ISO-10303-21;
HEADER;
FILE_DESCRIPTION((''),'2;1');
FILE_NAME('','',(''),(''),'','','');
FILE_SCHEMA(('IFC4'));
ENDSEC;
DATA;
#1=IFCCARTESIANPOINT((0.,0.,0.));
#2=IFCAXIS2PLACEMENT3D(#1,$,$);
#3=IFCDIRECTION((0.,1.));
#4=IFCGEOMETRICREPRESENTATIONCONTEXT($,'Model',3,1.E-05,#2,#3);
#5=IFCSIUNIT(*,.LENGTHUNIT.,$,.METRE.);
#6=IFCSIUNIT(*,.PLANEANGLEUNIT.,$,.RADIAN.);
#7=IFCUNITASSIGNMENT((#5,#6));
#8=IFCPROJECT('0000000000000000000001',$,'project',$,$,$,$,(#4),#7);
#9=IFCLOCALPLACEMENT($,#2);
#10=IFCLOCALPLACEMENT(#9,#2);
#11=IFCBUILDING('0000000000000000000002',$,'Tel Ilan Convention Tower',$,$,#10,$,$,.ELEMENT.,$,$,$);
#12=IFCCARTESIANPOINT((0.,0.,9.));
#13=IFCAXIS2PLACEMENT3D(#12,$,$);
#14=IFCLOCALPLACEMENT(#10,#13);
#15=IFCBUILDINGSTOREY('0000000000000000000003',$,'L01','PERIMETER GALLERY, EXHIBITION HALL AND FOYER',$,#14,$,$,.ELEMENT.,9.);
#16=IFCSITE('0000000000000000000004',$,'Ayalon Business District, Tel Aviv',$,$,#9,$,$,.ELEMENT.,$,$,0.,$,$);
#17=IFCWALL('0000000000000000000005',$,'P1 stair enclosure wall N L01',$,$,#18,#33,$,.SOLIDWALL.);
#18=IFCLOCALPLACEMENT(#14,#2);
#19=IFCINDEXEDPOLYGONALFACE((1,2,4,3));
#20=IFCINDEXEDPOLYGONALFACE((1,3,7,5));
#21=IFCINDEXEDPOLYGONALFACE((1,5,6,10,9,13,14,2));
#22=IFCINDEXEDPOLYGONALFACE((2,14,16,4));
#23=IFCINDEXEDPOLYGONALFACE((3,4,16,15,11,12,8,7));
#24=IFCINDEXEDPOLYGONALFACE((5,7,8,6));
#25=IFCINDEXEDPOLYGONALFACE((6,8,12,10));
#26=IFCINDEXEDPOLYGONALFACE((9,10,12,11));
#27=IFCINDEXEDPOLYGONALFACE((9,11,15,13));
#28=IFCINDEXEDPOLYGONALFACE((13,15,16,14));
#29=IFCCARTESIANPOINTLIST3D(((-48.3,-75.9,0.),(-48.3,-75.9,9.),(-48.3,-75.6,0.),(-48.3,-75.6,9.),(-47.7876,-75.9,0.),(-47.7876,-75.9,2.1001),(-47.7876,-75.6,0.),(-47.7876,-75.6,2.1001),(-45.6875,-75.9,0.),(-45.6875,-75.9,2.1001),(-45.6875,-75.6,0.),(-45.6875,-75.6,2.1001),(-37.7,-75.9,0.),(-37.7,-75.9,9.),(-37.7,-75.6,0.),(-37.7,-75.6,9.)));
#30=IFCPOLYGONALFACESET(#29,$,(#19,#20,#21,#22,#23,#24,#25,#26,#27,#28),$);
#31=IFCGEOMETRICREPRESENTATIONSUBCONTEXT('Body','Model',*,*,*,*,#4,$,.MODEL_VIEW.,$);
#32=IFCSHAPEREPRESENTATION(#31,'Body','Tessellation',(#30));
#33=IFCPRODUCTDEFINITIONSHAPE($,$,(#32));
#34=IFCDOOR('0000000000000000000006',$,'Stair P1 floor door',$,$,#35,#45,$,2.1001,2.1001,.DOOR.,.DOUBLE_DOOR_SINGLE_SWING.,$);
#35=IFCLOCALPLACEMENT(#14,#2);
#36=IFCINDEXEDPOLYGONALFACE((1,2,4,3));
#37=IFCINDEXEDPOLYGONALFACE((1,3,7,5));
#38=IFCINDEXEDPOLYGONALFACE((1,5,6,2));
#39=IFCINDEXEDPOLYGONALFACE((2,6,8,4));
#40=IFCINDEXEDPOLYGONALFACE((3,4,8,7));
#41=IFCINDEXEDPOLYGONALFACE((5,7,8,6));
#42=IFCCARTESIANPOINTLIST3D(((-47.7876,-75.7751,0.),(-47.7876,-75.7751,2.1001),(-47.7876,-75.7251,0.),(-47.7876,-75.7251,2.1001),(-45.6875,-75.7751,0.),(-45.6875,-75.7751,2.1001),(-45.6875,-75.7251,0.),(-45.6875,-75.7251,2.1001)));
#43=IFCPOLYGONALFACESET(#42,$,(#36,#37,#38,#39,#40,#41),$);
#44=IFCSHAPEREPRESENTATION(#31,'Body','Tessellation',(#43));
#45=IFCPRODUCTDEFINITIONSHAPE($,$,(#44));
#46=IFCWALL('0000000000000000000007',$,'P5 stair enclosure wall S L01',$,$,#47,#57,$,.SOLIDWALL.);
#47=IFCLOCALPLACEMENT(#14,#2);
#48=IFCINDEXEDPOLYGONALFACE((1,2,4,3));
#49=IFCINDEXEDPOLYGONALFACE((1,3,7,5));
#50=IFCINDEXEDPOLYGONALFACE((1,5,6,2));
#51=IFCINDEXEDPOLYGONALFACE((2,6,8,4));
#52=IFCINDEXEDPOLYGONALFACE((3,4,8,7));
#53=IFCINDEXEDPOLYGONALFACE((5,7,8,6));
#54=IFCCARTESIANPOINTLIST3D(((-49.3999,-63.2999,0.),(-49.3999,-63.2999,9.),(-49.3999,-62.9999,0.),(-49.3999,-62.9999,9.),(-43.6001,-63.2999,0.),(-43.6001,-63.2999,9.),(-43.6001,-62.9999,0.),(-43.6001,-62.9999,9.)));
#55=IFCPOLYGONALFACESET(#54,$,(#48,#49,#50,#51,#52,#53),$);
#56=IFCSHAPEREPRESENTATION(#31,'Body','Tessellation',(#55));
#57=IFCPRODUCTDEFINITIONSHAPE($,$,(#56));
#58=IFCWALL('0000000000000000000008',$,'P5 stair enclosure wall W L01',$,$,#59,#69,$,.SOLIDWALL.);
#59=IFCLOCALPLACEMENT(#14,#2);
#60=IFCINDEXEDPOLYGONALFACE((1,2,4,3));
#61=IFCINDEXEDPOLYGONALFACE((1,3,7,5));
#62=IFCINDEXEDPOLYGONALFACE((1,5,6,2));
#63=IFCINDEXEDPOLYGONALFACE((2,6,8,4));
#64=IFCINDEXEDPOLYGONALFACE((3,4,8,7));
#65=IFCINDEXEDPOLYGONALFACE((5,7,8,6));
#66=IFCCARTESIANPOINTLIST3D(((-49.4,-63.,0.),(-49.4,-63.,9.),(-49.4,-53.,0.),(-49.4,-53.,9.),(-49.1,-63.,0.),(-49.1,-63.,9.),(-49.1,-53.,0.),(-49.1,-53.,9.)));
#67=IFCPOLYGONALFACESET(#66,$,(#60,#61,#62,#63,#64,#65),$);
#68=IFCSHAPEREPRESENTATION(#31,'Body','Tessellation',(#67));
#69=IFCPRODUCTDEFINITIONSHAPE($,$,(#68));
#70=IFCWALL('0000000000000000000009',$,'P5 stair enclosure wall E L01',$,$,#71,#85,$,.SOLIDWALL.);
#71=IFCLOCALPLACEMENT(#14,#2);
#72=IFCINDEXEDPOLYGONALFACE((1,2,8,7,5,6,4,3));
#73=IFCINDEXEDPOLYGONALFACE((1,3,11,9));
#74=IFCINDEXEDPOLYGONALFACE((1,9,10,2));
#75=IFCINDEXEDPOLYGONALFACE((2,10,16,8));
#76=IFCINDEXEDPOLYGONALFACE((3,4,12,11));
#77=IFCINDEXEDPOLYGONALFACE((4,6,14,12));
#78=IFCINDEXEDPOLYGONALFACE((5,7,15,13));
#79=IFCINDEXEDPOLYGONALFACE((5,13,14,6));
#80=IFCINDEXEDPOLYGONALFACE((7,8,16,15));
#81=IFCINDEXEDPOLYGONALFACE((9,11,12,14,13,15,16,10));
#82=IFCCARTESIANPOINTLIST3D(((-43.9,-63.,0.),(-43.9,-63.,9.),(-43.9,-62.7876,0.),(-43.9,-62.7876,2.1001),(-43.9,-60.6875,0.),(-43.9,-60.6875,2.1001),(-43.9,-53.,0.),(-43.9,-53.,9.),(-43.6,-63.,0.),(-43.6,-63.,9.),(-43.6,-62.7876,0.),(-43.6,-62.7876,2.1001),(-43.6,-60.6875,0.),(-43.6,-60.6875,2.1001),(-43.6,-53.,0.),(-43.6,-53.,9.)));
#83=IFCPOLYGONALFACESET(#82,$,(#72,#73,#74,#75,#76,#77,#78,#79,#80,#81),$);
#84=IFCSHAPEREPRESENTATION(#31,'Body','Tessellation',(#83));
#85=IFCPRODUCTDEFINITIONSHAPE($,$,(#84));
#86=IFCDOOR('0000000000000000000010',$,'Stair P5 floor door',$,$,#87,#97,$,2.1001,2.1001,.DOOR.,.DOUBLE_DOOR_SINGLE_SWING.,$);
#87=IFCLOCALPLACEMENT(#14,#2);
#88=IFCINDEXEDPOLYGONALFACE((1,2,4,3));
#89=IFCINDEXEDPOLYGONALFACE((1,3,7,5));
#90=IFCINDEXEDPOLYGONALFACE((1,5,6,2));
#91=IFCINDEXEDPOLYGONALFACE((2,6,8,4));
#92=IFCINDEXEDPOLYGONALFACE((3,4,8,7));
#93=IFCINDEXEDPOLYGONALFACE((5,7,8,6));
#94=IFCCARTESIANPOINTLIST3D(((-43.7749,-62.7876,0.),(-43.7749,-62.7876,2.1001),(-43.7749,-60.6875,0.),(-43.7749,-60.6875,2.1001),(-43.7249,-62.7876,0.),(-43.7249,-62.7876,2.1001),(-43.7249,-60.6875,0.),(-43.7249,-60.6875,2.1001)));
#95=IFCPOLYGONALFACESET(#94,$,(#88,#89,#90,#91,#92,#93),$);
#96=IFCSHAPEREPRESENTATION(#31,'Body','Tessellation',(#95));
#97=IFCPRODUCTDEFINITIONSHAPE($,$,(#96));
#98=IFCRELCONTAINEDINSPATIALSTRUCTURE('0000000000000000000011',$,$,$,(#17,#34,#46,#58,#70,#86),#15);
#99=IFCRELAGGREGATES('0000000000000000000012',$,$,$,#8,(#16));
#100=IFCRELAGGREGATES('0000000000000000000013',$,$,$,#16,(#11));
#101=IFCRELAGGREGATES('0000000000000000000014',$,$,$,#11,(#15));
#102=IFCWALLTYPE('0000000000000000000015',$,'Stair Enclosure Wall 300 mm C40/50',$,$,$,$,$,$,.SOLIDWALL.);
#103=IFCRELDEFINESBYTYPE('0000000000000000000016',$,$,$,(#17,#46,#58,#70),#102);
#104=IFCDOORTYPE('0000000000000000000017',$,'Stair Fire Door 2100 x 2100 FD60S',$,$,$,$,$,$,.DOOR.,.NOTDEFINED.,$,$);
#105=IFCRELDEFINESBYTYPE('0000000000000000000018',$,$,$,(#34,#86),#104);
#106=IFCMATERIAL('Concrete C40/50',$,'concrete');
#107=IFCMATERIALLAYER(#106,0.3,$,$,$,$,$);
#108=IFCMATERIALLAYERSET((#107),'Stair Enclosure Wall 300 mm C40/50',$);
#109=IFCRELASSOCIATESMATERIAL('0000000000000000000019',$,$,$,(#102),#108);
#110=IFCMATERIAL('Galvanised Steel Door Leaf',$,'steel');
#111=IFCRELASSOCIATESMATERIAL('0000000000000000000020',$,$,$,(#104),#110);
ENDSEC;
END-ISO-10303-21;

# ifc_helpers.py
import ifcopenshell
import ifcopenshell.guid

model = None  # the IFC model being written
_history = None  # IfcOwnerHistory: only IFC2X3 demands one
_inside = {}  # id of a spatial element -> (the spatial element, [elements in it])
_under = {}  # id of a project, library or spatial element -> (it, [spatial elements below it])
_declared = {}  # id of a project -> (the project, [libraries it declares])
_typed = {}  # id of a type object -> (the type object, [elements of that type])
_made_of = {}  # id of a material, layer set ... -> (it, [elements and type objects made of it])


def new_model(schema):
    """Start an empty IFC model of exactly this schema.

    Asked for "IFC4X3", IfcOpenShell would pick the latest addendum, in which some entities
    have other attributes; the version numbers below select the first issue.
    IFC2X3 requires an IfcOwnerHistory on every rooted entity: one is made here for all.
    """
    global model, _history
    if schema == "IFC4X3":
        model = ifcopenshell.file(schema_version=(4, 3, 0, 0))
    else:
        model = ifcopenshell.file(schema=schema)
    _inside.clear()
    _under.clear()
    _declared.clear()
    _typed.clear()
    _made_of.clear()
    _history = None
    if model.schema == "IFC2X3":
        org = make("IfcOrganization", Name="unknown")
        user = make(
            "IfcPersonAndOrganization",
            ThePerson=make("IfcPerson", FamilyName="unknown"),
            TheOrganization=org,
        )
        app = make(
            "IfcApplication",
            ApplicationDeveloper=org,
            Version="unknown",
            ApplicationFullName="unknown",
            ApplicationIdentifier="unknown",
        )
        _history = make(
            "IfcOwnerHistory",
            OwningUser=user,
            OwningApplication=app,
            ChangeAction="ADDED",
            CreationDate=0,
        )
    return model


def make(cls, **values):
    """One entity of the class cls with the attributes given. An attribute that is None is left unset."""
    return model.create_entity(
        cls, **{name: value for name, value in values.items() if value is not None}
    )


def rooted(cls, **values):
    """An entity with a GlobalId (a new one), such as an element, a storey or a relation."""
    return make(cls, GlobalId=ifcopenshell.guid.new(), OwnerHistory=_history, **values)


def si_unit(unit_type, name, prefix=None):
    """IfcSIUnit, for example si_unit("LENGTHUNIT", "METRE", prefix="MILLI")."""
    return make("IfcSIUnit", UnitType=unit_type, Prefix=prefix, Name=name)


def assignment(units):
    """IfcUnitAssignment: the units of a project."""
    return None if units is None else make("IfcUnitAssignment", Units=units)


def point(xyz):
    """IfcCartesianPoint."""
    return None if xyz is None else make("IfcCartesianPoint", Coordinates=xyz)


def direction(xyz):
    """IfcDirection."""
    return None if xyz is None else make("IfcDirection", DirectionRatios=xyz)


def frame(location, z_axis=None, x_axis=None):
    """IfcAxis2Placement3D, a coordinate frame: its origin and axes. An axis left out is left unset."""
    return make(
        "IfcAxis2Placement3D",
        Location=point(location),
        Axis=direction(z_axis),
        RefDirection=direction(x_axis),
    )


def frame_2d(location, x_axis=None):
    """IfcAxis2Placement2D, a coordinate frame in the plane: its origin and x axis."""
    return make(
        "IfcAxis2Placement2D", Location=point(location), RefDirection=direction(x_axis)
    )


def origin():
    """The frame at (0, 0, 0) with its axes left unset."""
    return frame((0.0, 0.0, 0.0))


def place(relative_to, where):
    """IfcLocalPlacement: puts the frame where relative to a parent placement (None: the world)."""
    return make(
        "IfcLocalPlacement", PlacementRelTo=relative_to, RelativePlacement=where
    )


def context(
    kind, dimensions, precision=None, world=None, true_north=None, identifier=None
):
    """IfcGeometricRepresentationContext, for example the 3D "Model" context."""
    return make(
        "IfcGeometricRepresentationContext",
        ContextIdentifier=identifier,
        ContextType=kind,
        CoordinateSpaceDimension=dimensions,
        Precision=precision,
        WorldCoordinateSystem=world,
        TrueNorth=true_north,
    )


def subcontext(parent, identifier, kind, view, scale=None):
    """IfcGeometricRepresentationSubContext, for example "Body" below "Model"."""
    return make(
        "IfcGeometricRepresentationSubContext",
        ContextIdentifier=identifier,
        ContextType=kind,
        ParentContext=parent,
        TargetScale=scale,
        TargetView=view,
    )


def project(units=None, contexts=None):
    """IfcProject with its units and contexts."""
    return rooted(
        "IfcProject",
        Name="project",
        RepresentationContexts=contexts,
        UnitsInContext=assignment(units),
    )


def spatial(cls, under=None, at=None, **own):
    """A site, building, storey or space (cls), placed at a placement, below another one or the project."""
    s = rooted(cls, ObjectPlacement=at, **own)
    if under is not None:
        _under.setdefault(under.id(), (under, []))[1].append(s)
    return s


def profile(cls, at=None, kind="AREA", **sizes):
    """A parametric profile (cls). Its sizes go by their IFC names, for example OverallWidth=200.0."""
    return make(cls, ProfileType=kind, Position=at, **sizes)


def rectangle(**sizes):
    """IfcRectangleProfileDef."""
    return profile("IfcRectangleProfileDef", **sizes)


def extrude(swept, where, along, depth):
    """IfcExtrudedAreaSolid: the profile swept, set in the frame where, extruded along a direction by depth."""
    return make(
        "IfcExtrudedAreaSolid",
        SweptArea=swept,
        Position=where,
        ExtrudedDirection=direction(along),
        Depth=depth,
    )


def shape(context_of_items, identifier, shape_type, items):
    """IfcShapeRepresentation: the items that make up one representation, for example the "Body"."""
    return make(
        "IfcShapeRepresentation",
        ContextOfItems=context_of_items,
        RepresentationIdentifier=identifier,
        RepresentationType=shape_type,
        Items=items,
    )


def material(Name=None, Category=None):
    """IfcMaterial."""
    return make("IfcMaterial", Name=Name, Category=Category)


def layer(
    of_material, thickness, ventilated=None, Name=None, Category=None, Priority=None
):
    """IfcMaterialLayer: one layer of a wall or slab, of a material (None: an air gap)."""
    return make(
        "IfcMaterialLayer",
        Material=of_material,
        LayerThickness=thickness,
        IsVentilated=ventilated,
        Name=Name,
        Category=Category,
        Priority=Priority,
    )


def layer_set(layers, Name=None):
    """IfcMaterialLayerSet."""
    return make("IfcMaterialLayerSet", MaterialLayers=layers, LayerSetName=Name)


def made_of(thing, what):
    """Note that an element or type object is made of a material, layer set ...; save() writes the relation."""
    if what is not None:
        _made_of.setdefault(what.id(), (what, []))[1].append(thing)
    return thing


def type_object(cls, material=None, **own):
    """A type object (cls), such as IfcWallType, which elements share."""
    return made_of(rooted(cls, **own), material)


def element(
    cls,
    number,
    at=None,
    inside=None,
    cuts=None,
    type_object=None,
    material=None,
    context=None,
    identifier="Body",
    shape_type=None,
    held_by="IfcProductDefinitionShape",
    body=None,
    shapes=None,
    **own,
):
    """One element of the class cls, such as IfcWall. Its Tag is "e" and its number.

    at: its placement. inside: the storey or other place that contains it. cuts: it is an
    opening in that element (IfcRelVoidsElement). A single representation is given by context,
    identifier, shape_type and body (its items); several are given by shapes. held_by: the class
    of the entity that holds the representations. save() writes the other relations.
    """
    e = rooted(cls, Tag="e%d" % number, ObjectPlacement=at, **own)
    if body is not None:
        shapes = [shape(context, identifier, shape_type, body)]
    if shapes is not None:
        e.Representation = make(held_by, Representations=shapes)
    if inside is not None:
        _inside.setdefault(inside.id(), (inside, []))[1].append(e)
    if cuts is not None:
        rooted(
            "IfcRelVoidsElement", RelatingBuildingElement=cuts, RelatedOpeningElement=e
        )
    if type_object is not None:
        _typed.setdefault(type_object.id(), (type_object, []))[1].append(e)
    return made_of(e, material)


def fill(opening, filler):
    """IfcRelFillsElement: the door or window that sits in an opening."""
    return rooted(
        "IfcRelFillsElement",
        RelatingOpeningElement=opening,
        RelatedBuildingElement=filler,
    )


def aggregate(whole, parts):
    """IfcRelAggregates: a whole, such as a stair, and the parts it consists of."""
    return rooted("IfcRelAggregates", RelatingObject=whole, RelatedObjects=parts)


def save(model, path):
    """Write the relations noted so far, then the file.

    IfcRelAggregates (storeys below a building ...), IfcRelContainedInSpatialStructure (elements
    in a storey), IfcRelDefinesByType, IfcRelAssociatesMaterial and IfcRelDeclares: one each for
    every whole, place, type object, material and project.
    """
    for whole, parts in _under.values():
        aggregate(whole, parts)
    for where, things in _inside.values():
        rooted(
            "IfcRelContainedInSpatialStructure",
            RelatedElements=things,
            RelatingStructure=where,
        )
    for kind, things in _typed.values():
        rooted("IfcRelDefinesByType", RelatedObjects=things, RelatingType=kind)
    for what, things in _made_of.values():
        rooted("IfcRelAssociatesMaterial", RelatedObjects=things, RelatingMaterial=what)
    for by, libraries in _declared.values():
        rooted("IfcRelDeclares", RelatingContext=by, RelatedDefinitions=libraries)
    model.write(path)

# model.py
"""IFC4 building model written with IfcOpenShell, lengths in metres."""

from ifc_helpers import new_model, si_unit, direction, frame, frame_2d, origin, place, context, subcontext, project, spatial, rectangle, extrude, material, layer, layer_set, type_object, element, fill, save


model = new_model("IFC4")

# Units and contexts
model_context = context("Model", 3, precision=1e-05, world=origin(), true_north=direction((0.0, 1.0)))
body_context = subcontext(model_context, "Body", "Model", "MODEL_VIEW")
ifc_project = project(units=[si_unit("LENGTHUNIT", "METRE"), si_unit("PLANEANGLEUNIT", "RADIAN")], contexts=[model_context])

# Site, building, storey
site_placement = place(None, origin())
site = spatial("IfcSite", under=ifc_project, at=site_placement, Name="Ayalon Business District, Tel Aviv", CompositionType="ELEMENT", RefElevation=0.0)
building_placement = place(site_placement, origin())
building = spatial("IfcBuilding", under=site, at=building_placement, Name="Tel Ilan Convention Tower", CompositionType="ELEMENT")
storey_placement = place(building_placement, frame((0.0, 0.0, 9.0)))
storey = spatial("IfcBuildingStorey", under=building, at=storey_placement, Name="L01", Description="PERIMETER GALLERY, EXHIBITION HALL AND FOYER", CompositionType="ELEMENT", Elevation=9.0)

# Wall, opening, door
ifc_material_1 = material(Name="Concrete C40/50", Category="concrete")
ifc_layer = layer(ifc_material_1, 0.3)
ifc_layer_set = layer_set([ifc_layer], Name="Stair Enclosure Wall 300 mm C40/50")
wall_type = type_object("IfcWallType", Name="Stair Enclosure Wall 300 mm C40/50", PredefinedType="SOLIDWALL", material=ifc_layer_set)
wall_1_placement = place(storey_placement, frame((-48.3, -75.75, 0.0), z_axis=(0.0, 0.0, 1.0), x_axis=(1.0, 0.0, 0.0)))
wall_1 = element("IfcWall", 1, at=wall_1_placement, inside=storey, type_object=wall_type, Name="P1 stair enclosure wall N L01", PredefinedType="SOLIDWALL", context=body_context, shape_type="SweptSolid", body=[
    extrude(rectangle(XDim=10.6001, YDim=0.3, at=frame_2d((5.3, 0.0))), origin(), (0.0, 0.0, 1.0), 9.0),
])
opening_1_placement = place(wall_1_placement, frame((0.5125, 0.0, 0.0)))
opening_1 = element("IfcOpeningElement", 2, at=opening_1_placement, cuts=wall_1, PredefinedType="OPENING", context=body_context, shape_type="SweptSolid", body=[
    extrude(rectangle(XDim=2.1001, YDim=2.1001, at=frame_2d((1.05, 1.05))), frame((0.0, 0.1599, 0.0), z_axis=(0.0, -1.0, 0.0), x_axis=(1.0, 0.0, 0.0)), (0.0, 0.0, 1.0), 0.3201),
])
ifc_material_2 = material(Name="Galvanised Steel Door Leaf", Category="steel")
door_type = type_object("IfcDoorType", Name="Stair Fire Door 2100 x 2100 FD60S", OperationType="NOTDEFINED", PredefinedType="DOOR", material=ifc_material_2)
door_1_placement = place(opening_1_placement, origin())
door_1 = element("IfcDoor", 3, at=door_1_placement, inside=storey, type_object=door_type, Name="Stair P1 floor door", OperationType="DOUBLE_DOOR_SINGLE_SWING", OverallHeight=2.1001, OverallWidth=2.1001, PredefinedType="DOOR", context=body_context, shape_type="SweptSolid", body=[
    extrude(rectangle(XDim=2.1001, YDim=2.1001, at=frame_2d((1.05, 1.05))), frame((0.0, 0.0249, 0.0), z_axis=(0.0, -1.0, 0.0), x_axis=(1.0, 0.0, 0.0)), (0.0, 0.0, 1.0), 0.05),
])
fill(opening_1, door_1)

# Walls
wall_2_placement = place(storey_placement, frame((-49.3999, -63.1499, 0.0), z_axis=(0.0, 0.0, 1.0), x_axis=(1.0, 0.0, 0.0)))
element("IfcWall", 4, at=wall_2_placement, inside=storey, type_object=wall_type, Name="P5 stair enclosure wall S L01", PredefinedType="SOLIDWALL", context=body_context, shape_type="SweptSolid", body=[
    extrude(rectangle(XDim=5.7998, YDim=0.3, at=frame_2d((2.8999, 0.0))), origin(), (0.0, 0.0, 1.0), 9.0),
])
wall_3_placement = place(storey_placement, frame((-49.25, -63.0, 0.0), z_axis=(0.0, 0.0, 1.0), x_axis=(0.0, 1.0, 0.0)))
element("IfcWall", 5, at=wall_3_placement, inside=storey, type_object=wall_type, Name="P5 stair enclosure wall W L01", PredefinedType="SOLIDWALL", context=body_context, shape_type="SweptSolid", body=[
    extrude(rectangle(XDim=10.0, YDim=0.3, at=frame_2d((5.0, 0.0))), origin(), (0.0, 0.0, 1.0), 9.0),
])

# Wall, opening, door
wall_4_placement = place(storey_placement, frame((-43.75, -63.0, 0.0), z_axis=(0.0, 0.0, 1.0), x_axis=(0.0, 1.0, 0.0)))
wall_4 = element("IfcWall", 6, at=wall_4_placement, inside=storey, type_object=wall_type, Name="P5 stair enclosure wall E L01", PredefinedType="SOLIDWALL", context=body_context, shape_type="SweptSolid", body=[
    extrude(rectangle(XDim=10.0, YDim=0.3, at=frame_2d((5.0, 0.0))), origin(), (0.0, 0.0, 1.0), 9.0),
])
opening_2_placement = place(wall_4_placement, frame((0.2124, 0.0, 0.0)))
opening_2 = element("IfcOpeningElement", 7, at=opening_2_placement, cuts=wall_4, PredefinedType="OPENING", context=body_context, shape_type="SweptSolid", body=[
    extrude(rectangle(XDim=2.1001, YDim=2.1001, at=frame_2d((1.05, 1.05))), frame((0.0, 0.1599, 0.0), z_axis=(0.0, -1.0, 0.0), x_axis=(1.0, 0.0, 0.0)), (0.0, 0.0, 1.0), 0.3201),
])
door_2_placement = place(opening_2_placement, origin())
door_2 = element("IfcDoor", 8, at=door_2_placement, inside=storey, type_object=door_type, Name="Stair P5 floor door", OperationType="DOUBLE_DOOR_SINGLE_SWING", OverallHeight=2.1001, OverallWidth=2.1001, PredefinedType="DOOR", context=body_context, shape_type="SweptSolid", body=[
    extrude(rectangle(XDim=2.1001, YDim=2.1001, at=frame_2d((1.05, 1.05))), frame((0.0, 0.0249, 0.0), z_axis=(0.0, -1.0, 0.0), x_axis=(1.0, 0.0, 0.0)), (0.0, 0.0, 1.0), 0.05),
])
fill(opening_2, door_2)

save(model, "model.ifc")
